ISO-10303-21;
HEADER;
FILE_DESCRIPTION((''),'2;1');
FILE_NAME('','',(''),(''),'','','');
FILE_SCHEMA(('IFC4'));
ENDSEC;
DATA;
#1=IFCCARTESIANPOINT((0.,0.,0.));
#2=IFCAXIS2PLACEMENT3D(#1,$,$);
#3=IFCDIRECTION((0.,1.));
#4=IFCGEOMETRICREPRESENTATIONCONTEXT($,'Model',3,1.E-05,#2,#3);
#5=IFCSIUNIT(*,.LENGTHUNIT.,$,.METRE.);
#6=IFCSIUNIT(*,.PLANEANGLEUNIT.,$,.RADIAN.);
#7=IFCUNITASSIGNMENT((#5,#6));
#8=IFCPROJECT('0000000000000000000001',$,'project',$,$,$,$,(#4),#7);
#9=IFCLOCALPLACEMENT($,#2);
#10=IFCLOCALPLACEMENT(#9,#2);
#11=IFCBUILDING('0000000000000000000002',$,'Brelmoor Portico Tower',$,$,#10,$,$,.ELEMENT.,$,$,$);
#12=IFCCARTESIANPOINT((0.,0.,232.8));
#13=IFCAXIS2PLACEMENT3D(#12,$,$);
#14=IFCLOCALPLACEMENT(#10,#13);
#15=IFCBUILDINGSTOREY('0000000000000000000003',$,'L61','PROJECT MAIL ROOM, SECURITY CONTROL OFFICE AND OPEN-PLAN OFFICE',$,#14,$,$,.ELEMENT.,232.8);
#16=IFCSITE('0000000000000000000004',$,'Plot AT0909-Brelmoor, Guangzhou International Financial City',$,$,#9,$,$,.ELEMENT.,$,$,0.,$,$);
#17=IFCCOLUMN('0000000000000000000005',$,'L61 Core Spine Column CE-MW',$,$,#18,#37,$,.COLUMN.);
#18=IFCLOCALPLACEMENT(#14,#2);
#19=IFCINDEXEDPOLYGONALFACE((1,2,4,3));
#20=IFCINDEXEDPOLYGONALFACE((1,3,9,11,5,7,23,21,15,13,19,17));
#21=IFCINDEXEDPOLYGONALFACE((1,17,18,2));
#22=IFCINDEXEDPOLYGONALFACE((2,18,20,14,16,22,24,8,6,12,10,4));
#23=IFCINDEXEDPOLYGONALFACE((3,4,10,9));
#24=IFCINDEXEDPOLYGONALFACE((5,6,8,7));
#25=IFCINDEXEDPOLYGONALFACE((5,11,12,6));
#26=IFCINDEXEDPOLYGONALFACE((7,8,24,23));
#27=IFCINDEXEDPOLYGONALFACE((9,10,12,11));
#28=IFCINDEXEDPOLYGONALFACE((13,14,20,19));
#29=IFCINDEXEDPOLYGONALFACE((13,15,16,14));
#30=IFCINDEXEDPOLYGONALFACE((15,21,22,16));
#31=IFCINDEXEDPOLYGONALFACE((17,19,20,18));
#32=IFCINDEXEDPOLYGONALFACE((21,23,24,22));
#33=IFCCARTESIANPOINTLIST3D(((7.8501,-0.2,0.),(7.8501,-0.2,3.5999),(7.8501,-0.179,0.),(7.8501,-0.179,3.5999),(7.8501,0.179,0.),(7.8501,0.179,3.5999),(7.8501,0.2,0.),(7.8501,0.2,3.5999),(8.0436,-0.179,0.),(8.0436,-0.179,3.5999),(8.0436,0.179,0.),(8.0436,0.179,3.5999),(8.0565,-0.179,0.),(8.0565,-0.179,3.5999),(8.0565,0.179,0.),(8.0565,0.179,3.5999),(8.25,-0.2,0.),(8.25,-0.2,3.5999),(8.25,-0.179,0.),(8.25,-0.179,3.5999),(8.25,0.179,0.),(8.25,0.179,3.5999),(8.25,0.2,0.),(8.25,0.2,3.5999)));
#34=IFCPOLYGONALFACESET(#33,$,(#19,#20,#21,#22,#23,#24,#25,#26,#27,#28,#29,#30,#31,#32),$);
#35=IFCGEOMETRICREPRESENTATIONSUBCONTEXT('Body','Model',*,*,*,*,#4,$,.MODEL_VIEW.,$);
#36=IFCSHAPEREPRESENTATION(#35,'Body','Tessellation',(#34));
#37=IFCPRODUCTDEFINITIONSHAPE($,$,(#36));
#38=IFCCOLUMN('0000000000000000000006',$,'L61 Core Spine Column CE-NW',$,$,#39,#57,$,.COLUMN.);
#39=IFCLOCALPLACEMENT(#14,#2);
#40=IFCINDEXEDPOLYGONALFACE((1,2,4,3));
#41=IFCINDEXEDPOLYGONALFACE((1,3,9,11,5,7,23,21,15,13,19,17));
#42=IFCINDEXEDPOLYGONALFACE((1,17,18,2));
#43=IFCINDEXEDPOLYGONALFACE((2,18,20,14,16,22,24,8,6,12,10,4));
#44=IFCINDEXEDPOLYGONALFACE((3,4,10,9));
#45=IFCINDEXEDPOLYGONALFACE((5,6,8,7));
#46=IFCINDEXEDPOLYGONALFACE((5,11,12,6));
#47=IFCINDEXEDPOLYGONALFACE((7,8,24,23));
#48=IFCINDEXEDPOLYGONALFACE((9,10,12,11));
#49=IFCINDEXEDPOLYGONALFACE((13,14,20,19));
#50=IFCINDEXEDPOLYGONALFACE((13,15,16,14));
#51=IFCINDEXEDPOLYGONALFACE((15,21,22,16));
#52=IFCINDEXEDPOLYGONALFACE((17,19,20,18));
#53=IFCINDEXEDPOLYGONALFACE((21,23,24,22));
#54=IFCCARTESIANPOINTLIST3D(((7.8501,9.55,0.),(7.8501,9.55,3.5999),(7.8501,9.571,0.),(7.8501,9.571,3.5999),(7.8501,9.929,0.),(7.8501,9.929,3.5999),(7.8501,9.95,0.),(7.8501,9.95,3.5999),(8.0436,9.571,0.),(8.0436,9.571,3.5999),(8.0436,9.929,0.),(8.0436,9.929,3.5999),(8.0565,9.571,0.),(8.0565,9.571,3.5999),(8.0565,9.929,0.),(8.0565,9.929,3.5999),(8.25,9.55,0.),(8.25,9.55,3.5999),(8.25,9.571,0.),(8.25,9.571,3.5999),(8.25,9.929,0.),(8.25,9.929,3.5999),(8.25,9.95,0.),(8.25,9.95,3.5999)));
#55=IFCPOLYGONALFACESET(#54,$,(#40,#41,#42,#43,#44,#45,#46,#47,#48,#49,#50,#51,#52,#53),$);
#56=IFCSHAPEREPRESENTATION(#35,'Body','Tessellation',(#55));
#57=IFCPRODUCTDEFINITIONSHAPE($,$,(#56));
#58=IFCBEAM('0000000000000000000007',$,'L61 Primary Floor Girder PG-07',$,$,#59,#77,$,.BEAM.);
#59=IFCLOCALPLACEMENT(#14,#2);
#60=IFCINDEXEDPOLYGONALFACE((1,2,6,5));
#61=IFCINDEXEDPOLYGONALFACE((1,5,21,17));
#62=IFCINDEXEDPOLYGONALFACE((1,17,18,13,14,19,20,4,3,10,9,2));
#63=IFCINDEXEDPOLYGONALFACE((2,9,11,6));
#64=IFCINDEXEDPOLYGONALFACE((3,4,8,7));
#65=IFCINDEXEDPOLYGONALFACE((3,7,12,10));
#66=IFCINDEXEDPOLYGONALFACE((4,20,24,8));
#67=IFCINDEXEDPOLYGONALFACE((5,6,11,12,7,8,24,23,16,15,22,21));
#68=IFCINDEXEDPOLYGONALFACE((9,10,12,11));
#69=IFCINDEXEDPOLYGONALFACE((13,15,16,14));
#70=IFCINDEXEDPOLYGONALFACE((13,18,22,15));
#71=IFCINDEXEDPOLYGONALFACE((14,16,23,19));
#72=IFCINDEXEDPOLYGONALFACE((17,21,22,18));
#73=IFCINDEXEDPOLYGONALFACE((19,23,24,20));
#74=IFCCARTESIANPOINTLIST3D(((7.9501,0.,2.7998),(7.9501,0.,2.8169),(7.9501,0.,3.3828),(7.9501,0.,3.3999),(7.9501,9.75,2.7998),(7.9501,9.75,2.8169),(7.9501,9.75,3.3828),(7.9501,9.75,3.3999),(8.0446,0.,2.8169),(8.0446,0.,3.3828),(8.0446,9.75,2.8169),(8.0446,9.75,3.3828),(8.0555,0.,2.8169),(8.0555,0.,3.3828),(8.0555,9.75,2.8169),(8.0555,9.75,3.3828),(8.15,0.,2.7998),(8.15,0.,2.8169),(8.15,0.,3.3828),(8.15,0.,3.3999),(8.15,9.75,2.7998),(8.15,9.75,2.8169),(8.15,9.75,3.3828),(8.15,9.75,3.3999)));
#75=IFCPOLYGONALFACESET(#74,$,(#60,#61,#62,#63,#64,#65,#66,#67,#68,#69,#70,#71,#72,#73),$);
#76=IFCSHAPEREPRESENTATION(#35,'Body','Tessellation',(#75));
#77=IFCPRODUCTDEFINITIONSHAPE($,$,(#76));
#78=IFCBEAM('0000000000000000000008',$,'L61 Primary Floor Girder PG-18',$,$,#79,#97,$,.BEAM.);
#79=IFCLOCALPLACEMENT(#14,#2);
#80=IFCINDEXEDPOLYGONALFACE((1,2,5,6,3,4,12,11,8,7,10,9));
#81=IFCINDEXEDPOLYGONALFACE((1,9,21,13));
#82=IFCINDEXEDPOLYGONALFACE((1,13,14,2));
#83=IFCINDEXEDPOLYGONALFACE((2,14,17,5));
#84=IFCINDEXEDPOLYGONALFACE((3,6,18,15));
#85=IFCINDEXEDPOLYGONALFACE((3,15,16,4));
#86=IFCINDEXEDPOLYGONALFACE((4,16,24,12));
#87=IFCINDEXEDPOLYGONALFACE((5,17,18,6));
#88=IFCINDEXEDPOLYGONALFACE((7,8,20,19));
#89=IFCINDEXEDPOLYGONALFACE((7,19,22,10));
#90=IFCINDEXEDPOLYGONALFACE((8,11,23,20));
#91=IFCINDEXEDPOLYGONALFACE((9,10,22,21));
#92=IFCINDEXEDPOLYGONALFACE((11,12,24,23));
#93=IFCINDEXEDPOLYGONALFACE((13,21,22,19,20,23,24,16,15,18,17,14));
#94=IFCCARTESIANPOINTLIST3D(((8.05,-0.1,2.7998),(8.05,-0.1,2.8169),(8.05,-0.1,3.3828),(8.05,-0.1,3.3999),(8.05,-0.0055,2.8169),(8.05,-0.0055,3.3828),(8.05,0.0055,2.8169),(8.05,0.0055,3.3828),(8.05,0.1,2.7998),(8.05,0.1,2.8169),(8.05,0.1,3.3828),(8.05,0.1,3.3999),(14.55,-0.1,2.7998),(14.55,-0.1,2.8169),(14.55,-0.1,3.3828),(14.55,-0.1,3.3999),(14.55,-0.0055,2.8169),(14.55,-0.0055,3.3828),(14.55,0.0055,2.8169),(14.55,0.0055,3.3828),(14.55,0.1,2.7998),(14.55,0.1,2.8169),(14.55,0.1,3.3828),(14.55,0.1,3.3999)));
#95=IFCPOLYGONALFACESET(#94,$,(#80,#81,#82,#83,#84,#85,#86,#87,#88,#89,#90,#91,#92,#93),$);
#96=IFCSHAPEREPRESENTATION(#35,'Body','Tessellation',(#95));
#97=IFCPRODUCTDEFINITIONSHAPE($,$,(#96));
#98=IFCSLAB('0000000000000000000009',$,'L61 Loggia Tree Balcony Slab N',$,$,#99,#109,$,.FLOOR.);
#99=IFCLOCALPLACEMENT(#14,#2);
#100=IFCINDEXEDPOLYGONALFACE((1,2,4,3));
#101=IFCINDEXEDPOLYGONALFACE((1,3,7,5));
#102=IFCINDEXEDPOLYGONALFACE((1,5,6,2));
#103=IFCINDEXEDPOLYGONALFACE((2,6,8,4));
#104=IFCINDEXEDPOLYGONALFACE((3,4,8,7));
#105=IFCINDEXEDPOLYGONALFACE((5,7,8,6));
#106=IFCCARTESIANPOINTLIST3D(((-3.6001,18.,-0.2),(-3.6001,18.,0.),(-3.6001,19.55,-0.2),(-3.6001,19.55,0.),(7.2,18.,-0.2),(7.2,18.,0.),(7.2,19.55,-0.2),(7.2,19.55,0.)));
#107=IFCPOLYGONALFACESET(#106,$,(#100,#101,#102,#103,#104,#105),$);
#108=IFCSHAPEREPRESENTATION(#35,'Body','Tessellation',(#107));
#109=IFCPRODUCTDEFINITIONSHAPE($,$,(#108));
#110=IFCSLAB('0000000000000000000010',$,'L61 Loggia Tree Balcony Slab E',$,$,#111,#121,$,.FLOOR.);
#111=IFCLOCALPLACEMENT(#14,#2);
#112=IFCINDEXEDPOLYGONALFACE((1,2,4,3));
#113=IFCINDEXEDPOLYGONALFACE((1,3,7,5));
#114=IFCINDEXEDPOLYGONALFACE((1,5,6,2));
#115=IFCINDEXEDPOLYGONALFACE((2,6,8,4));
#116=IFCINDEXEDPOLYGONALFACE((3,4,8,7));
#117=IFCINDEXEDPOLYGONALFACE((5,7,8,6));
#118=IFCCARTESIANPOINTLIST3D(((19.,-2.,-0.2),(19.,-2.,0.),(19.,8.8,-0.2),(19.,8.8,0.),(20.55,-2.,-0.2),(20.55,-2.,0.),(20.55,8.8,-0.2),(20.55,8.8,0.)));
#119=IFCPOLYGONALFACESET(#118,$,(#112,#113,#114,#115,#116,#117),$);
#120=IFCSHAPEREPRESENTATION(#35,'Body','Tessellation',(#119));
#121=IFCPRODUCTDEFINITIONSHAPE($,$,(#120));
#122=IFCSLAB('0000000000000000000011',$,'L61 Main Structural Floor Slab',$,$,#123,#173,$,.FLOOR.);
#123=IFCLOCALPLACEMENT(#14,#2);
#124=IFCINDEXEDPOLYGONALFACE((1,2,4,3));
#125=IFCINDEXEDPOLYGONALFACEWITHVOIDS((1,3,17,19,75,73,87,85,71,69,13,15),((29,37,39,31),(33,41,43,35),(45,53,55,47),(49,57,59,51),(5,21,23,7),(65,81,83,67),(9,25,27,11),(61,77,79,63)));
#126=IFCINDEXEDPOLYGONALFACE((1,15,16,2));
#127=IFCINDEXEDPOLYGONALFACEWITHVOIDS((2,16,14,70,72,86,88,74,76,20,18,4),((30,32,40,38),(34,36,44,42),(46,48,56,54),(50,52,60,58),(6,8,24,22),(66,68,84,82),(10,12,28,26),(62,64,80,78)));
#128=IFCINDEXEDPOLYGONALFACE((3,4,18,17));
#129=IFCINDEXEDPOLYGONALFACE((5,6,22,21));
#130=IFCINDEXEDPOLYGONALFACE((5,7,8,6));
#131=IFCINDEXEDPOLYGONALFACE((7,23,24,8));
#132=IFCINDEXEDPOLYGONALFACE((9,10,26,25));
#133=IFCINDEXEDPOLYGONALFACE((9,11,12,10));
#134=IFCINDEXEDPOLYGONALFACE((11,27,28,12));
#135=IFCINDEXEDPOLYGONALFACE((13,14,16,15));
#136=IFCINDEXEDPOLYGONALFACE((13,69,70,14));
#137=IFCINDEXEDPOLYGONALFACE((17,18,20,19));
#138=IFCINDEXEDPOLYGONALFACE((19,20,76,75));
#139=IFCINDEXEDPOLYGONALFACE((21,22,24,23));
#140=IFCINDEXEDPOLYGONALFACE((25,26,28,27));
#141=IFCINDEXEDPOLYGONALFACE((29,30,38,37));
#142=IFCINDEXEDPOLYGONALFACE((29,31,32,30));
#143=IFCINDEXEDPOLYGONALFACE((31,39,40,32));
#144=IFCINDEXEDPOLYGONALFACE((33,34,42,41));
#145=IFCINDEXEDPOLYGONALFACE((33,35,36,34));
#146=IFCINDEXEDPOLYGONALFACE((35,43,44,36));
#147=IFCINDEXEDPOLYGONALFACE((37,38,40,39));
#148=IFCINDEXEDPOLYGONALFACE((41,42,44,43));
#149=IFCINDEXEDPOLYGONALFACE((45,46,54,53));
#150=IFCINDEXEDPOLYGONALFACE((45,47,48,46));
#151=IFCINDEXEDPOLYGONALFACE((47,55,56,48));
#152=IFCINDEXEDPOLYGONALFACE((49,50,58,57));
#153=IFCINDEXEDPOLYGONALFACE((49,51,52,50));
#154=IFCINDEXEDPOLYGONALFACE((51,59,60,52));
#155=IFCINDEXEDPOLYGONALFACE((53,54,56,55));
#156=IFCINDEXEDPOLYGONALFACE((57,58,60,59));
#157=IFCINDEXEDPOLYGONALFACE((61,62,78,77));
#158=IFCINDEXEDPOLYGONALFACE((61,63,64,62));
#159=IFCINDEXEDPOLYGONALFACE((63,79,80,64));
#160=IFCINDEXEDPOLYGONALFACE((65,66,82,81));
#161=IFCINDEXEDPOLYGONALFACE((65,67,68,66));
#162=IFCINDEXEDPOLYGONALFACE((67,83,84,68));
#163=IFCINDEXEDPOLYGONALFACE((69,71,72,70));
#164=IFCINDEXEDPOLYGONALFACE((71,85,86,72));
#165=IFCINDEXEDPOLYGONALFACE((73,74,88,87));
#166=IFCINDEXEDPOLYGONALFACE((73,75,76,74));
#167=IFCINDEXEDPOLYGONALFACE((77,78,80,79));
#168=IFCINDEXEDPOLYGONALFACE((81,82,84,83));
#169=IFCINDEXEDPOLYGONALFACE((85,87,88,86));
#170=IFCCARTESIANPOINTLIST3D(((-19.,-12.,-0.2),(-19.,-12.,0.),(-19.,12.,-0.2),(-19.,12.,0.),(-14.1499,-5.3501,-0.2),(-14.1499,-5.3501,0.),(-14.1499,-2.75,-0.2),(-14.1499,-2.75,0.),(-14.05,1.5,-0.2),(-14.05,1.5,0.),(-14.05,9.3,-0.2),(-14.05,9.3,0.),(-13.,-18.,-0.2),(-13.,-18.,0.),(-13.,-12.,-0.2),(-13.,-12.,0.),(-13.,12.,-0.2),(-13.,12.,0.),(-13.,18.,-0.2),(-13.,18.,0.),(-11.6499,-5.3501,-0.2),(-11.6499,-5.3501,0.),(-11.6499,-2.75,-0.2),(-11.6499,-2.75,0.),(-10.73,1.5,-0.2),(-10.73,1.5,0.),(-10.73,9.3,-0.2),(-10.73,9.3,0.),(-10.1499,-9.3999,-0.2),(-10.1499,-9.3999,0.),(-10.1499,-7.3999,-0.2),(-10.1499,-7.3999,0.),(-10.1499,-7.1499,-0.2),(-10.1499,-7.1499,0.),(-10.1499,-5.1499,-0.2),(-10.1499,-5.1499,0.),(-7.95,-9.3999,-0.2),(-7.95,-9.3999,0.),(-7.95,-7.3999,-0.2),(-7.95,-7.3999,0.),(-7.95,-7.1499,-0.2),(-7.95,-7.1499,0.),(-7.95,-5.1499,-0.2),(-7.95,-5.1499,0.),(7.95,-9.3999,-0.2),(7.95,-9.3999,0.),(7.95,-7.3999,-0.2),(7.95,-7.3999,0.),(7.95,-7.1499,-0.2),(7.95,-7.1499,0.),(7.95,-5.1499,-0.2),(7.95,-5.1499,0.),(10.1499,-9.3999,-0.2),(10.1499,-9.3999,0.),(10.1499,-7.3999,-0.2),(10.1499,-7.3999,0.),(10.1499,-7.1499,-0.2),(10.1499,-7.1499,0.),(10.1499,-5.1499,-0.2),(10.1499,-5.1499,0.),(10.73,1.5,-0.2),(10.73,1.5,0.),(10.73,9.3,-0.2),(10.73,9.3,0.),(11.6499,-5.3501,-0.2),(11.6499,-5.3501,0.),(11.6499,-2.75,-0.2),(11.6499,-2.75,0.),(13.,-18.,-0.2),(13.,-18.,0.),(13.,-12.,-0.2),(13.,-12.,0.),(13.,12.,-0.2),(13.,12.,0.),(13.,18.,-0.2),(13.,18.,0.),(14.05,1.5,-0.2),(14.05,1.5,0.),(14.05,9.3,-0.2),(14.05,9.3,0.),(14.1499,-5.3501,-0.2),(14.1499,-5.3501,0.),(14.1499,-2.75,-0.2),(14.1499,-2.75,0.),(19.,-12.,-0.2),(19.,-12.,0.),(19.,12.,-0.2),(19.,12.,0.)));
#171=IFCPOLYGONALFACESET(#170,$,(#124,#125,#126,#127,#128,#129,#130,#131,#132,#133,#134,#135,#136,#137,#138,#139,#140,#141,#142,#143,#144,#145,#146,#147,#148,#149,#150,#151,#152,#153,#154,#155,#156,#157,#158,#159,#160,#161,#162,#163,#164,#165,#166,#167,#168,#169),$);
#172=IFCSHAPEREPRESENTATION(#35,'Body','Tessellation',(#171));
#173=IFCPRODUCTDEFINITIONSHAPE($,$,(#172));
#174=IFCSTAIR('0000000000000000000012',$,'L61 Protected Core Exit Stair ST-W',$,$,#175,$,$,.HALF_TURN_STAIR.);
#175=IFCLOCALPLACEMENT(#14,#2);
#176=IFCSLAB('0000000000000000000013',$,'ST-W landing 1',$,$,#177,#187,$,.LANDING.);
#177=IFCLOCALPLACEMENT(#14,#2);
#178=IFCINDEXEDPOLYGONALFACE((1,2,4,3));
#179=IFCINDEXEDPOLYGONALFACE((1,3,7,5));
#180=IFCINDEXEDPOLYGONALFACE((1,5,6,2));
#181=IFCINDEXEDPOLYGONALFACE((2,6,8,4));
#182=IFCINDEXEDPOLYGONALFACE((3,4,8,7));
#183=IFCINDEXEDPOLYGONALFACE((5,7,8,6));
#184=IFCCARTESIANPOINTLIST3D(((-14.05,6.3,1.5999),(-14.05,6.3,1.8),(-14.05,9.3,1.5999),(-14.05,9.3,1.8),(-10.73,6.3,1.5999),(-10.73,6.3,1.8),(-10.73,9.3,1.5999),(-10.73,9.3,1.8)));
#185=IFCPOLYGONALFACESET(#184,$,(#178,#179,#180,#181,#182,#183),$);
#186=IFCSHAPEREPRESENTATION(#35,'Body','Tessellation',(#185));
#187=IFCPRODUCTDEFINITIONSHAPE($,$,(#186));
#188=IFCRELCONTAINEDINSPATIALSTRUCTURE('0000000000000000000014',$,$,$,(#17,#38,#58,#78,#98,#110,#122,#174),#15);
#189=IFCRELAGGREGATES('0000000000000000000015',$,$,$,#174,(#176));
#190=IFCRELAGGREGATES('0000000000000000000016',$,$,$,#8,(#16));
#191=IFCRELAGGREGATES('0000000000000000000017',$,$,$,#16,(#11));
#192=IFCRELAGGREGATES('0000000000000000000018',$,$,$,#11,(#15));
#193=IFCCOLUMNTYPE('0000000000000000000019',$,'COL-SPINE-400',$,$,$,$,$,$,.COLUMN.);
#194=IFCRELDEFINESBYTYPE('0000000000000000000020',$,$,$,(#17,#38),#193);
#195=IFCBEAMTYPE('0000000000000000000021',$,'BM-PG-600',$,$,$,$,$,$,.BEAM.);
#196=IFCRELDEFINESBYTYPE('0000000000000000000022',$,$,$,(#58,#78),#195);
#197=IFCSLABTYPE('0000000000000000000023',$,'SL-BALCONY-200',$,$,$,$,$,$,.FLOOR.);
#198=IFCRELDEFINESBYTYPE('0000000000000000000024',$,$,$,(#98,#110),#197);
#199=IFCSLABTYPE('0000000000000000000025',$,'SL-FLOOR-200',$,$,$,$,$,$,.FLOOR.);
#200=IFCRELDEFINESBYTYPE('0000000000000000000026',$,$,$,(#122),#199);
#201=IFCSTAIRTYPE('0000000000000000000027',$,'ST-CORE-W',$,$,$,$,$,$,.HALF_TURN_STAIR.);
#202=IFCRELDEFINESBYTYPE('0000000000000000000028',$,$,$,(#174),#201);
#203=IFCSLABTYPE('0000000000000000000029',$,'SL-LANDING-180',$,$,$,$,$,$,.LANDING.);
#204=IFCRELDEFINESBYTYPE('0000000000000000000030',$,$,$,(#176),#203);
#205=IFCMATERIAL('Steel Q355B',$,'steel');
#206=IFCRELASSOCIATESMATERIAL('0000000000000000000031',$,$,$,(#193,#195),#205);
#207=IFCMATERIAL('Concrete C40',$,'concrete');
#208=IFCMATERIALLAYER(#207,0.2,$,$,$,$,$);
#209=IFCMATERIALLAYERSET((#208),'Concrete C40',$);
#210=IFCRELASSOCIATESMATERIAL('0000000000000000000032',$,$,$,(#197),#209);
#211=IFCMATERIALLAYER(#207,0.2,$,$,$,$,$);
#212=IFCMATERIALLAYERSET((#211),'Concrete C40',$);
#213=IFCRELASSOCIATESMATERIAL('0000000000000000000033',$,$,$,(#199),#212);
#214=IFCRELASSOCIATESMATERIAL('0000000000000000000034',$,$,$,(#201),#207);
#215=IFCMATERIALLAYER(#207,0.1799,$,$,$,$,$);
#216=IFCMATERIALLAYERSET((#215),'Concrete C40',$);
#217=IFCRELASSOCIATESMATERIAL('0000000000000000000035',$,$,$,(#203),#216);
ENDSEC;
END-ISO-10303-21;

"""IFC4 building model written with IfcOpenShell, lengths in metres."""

from ifc_helpers import new_model, si_unit, direction, frame, origin, origin_2d, place, context, subcontext, project, spatial, polyline, i_section, outline, extrude, material, layer, layer_set, material_profile, profile_set, type_object, element, aggregate, save


model = new_model("IFC4")

# Units and contexts
model_context = context("Model", 3, precision=1e-05, world=origin(), true_north=direction((0.0, 1.0)))
body_context = subcontext(model_context, "Body", "Model", "MODEL_VIEW")
ifc_project = project(units=[si_unit("LENGTHUNIT", "METRE"), si_unit("PLANEANGLEUNIT", "RADIAN")], contexts=[model_context])

# Site, building, storey
site_placement = place(None, origin())
site = spatial("IfcSite", under=ifc_project, at=site_placement, Name="Plot AT0909-Brelmoor, Guangzhou International Financial City", CompositionType="ELEMENT", RefElevation=0.0)
building_placement = place(site_placement, origin())
building = spatial("IfcBuilding", under=site, at=building_placement, Name="Brelmoor Portico Tower", CompositionType="ELEMENT")
storey_placement = place(building_placement, frame((0.0, 0.0, 232.8)))
storey = spatial("IfcBuildingStorey", under=building, at=storey_placement, Name="L61", Description="PROJECT MAIL ROOM, SECURITY CONTROL OFFICE AND OPEN-PLAN OFFICE", CompositionType="ELEMENT", Elevation=232.8)

# Columns
ifc_material_1 = material(Name="Steel Q355B", Category="steel")
ifc_material_profile_1 = material_profile(ifc_material_1, i_section(OverallWidth=0.3999, OverallDepth=0.3999, WebThickness=0.0129, FlangeThickness=0.021, at=origin_2d()), Name="HW 400x400x13x21")
ifc_profile_set_1 = profile_set([ifc_material_profile_1], Name="Steel Q355B")
column_type = type_object("IfcColumnType", Name="COL-SPINE-400", PredefinedType="COLUMN", material=ifc_profile_set_1)
for number, where, z_axis, x_axis, name in (
    (1, (8.05, 0.0, 0.0), (0.0, 0.0, 1.0), (1.0, 0.0, 0.0), "L61 Core Spine Column CE-MW"),
    (2, (8.05, 9.75, 0.0), (0.0, 0.0, 1.0), (1.0, 0.0, 0.0), "L61 Core Spine Column CE-NW"),
):
    element("IfcColumn", number, at=place(storey_placement, frame(where, z_axis=z_axis, x_axis=x_axis)), inside=storey, type_object=column_type, Name=name, PredefinedType="COLUMN", context=body_context, shape_type="SweptSolid", body=[
        extrude(i_section(OverallWidth=0.3999, OverallDepth=0.3999, WebThickness=0.0129, FlangeThickness=0.021, at=origin_2d()), origin(), (0.0, 0.0, 1.0), 3.5999),
    ])

# Beams
ifc_material_profile_2 = material_profile(ifc_material_1, i_section(OverallWidth=0.2, OverallDepth=0.6001, WebThickness=0.011, FlangeThickness=0.0171, at=origin_2d()), Name="HN 600x200x11x17")
ifc_profile_set_2 = profile_set([ifc_material_profile_2], Name="Steel Q355B")
beam_type = type_object("IfcBeamType", Name="BM-PG-600", PredefinedType="BEAM", material=ifc_profile_set_2)
beam_1_placement = place(storey_placement, frame((8.05, 0.0, 3.0999), z_axis=(0.0, 1.0, 0.0), x_axis=(-1.0, 0.0, 0.0)))
element("IfcBeam", 3, at=beam_1_placement, inside=storey, type_object=beam_type, Name="L61 Primary Floor Girder PG-07", PredefinedType="BEAM", context=body_context, shape_type="SweptSolid", body=[
    extrude(i_section(OverallWidth=0.2, OverallDepth=0.6001, WebThickness=0.011, FlangeThickness=0.0171, at=origin_2d()), origin(), (0.0, 0.0, 1.0), 9.75),
])
beam_2_placement = place(storey_placement, frame((8.05, 0.0, 3.0999), z_axis=(1.0, 0.0, 0.0), x_axis=(0.0, 1.0, 0.0)))
element("IfcBeam", 4, at=beam_2_placement, inside=storey, type_object=beam_type, Name="L61 Primary Floor Girder PG-18", PredefinedType="BEAM", context=body_context, shape_type="SweptSolid", body=[
    extrude(i_section(OverallWidth=0.2, OverallDepth=0.6001, WebThickness=0.011, FlangeThickness=0.0171, at=origin_2d()), origin(), (0.0, 0.0, 1.0), 6.5),
])

# Slabs
ifc_material_2 = material(Name="Concrete C40", Category="concrete")
ifc_layer_1 = layer(ifc_material_2, 0.2)
ifc_layer_set_1 = layer_set([ifc_layer_1], Name="Concrete C40")
slab_type_1 = type_object("IfcSlabType", Name="SL-BALCONY-200", PredefinedType="FLOOR", material=ifc_layer_set_1)
slab_1_placement = place(storey_placement, frame((0.0, 0.0, -0.2)))
element("IfcSlab", 5, at=slab_1_placement, inside=storey, type_object=slab_type_1, Name="L61 Loggia Tree Balcony Slab N", PredefinedType="FLOOR", context=body_context, shape_type="SweptSolid", body=[
    extrude(outline(polyline([(-3.6001, 18.0), (7.2, 18.0), (7.2, 19.55), (-3.6001, 19.55), (-3.6001, 18.0)])), origin(), (0.0, 0.0, 1.0), 0.2),
])
slab_2_placement = place(storey_placement, frame((0.0, 0.0, -0.2)))
element("IfcSlab", 6, at=slab_2_placement, inside=storey, type_object=slab_type_1, Name="L61 Loggia Tree Balcony Slab E", PredefinedType="FLOOR", context=body_context, shape_type="SweptSolid", body=[
    extrude(outline(polyline([(19.0, -2.0), (20.55, -2.0), (20.55, 8.8), (19.0, 8.8), (19.0, -2.0)])), origin(), (0.0, 0.0, 1.0), 0.2),
])
ifc_layer_2 = layer(ifc_material_2, 0.2)
ifc_layer_set_2 = layer_set([ifc_layer_2], Name="Concrete C40")
slab_type_2 = type_object("IfcSlabType", Name="SL-FLOOR-200", PredefinedType="FLOOR", material=ifc_layer_set_2)
slab_3_placement = place(storey_placement, frame((0.0, 0.0, -0.2)))
element("IfcSlab", 7, at=slab_3_placement, inside=storey, type_object=slab_type_2, Name="L61 Main Structural Floor Slab", PredefinedType="FLOOR", context=body_context, shape_type="SweptSolid", body=[
    extrude(outline(polyline([(-13.0, -18.0), (13.0, -18.0), (13.0, -12.0), (19.0, -12.0), (19.0, 12.0), (13.0, 12.0), (13.0, 18.0), (-13.0, 18.0), (-13.0, 12.0), (-19.0, 12.0), (-19.0, -12.0), (-13.0, -12.0), (-13.0, -18.0)]), holes=[polyline([(-10.73, 1.5), (-10.73, 9.3), (-14.05, 9.3), (-14.05, 1.5), (-10.73, 1.5)]), polyline([(14.05, 1.5), (14.05, 9.3), (10.73, 9.3), (10.73, 1.5), (14.05, 1.5)]), polyline([(-10.1499, -9.3999), (-7.95, -9.3999), (-7.95, -7.3999), (-10.1499, -7.3999), (-10.1499, -9.3999)]), polyline([(-10.1499, -7.1499), (-7.95, -7.1499), (-7.95, -5.1499), (-10.1499, -5.1499), (-10.1499, -7.1499)]), polyline([(7.95, -9.3999), (10.1499, -9.3999), (10.1499, -7.3999), (7.95, -7.3999), (7.95, -9.3999)]), polyline([(7.95, -7.1499), (10.1499, -7.1499), (10.1499, -5.1499), (7.95, -5.1499), (7.95, -7.1499)]), polyline([(-14.1499, -5.3501), (-11.6499, -5.3501), (-11.6499, -2.75), (-14.1499, -2.75), (-14.1499, -5.3501)]), polyline([(11.6499, -5.3501), (14.1499, -5.3501), (14.1499, -2.75), (11.6499, -2.75), (11.6499, -5.3501)])]), origin(), (0.0, 0.0, 1.0), 0.2),
])

# Stair, slab
stair_type_1 = type_object("IfcStairType", Name="ST-CORE-W", PredefinedType="HALF_TURN_STAIR", material=ifc_material_2)
stair_1_placement = place(storey_placement, origin())
stair_1 = element("IfcStair", 8, at=stair_1_placement, inside=storey, type_object=stair_type_1, Name="L61 Protected Core Exit Stair ST-W", PredefinedType="HALF_TURN_STAIR")
ifc_layer_3 = layer(ifc_material_2, 0.1799)
ifc_layer_set_3 = layer_set([ifc_layer_3], Name="Concrete C40")
slab_type_3 = type_object("IfcSlabType", Name="SL-LANDING-180", PredefinedType="LANDING", material=ifc_layer_set_3)
slab_4_placement = place(storey_placement, frame((0.0, 0.0, 1.5999)))
slab_4 = element("IfcSlab", 9, at=slab_4_placement, type_object=slab_type_3, Name="ST-W landing 1", PredefinedType="LANDING", context=body_context, shape_type="SweptSolid", body=[
    extrude(outline(polyline([(-10.73, 6.3), (-10.73, 9.3), (-14.05, 9.3), (-14.05, 6.3), (-10.73, 6.3)])), origin(), (0.0, 0.0, 1.0), 0.2002),
])
aggregate(stair_1, [slab_4])

save(model, "model.ifc")
